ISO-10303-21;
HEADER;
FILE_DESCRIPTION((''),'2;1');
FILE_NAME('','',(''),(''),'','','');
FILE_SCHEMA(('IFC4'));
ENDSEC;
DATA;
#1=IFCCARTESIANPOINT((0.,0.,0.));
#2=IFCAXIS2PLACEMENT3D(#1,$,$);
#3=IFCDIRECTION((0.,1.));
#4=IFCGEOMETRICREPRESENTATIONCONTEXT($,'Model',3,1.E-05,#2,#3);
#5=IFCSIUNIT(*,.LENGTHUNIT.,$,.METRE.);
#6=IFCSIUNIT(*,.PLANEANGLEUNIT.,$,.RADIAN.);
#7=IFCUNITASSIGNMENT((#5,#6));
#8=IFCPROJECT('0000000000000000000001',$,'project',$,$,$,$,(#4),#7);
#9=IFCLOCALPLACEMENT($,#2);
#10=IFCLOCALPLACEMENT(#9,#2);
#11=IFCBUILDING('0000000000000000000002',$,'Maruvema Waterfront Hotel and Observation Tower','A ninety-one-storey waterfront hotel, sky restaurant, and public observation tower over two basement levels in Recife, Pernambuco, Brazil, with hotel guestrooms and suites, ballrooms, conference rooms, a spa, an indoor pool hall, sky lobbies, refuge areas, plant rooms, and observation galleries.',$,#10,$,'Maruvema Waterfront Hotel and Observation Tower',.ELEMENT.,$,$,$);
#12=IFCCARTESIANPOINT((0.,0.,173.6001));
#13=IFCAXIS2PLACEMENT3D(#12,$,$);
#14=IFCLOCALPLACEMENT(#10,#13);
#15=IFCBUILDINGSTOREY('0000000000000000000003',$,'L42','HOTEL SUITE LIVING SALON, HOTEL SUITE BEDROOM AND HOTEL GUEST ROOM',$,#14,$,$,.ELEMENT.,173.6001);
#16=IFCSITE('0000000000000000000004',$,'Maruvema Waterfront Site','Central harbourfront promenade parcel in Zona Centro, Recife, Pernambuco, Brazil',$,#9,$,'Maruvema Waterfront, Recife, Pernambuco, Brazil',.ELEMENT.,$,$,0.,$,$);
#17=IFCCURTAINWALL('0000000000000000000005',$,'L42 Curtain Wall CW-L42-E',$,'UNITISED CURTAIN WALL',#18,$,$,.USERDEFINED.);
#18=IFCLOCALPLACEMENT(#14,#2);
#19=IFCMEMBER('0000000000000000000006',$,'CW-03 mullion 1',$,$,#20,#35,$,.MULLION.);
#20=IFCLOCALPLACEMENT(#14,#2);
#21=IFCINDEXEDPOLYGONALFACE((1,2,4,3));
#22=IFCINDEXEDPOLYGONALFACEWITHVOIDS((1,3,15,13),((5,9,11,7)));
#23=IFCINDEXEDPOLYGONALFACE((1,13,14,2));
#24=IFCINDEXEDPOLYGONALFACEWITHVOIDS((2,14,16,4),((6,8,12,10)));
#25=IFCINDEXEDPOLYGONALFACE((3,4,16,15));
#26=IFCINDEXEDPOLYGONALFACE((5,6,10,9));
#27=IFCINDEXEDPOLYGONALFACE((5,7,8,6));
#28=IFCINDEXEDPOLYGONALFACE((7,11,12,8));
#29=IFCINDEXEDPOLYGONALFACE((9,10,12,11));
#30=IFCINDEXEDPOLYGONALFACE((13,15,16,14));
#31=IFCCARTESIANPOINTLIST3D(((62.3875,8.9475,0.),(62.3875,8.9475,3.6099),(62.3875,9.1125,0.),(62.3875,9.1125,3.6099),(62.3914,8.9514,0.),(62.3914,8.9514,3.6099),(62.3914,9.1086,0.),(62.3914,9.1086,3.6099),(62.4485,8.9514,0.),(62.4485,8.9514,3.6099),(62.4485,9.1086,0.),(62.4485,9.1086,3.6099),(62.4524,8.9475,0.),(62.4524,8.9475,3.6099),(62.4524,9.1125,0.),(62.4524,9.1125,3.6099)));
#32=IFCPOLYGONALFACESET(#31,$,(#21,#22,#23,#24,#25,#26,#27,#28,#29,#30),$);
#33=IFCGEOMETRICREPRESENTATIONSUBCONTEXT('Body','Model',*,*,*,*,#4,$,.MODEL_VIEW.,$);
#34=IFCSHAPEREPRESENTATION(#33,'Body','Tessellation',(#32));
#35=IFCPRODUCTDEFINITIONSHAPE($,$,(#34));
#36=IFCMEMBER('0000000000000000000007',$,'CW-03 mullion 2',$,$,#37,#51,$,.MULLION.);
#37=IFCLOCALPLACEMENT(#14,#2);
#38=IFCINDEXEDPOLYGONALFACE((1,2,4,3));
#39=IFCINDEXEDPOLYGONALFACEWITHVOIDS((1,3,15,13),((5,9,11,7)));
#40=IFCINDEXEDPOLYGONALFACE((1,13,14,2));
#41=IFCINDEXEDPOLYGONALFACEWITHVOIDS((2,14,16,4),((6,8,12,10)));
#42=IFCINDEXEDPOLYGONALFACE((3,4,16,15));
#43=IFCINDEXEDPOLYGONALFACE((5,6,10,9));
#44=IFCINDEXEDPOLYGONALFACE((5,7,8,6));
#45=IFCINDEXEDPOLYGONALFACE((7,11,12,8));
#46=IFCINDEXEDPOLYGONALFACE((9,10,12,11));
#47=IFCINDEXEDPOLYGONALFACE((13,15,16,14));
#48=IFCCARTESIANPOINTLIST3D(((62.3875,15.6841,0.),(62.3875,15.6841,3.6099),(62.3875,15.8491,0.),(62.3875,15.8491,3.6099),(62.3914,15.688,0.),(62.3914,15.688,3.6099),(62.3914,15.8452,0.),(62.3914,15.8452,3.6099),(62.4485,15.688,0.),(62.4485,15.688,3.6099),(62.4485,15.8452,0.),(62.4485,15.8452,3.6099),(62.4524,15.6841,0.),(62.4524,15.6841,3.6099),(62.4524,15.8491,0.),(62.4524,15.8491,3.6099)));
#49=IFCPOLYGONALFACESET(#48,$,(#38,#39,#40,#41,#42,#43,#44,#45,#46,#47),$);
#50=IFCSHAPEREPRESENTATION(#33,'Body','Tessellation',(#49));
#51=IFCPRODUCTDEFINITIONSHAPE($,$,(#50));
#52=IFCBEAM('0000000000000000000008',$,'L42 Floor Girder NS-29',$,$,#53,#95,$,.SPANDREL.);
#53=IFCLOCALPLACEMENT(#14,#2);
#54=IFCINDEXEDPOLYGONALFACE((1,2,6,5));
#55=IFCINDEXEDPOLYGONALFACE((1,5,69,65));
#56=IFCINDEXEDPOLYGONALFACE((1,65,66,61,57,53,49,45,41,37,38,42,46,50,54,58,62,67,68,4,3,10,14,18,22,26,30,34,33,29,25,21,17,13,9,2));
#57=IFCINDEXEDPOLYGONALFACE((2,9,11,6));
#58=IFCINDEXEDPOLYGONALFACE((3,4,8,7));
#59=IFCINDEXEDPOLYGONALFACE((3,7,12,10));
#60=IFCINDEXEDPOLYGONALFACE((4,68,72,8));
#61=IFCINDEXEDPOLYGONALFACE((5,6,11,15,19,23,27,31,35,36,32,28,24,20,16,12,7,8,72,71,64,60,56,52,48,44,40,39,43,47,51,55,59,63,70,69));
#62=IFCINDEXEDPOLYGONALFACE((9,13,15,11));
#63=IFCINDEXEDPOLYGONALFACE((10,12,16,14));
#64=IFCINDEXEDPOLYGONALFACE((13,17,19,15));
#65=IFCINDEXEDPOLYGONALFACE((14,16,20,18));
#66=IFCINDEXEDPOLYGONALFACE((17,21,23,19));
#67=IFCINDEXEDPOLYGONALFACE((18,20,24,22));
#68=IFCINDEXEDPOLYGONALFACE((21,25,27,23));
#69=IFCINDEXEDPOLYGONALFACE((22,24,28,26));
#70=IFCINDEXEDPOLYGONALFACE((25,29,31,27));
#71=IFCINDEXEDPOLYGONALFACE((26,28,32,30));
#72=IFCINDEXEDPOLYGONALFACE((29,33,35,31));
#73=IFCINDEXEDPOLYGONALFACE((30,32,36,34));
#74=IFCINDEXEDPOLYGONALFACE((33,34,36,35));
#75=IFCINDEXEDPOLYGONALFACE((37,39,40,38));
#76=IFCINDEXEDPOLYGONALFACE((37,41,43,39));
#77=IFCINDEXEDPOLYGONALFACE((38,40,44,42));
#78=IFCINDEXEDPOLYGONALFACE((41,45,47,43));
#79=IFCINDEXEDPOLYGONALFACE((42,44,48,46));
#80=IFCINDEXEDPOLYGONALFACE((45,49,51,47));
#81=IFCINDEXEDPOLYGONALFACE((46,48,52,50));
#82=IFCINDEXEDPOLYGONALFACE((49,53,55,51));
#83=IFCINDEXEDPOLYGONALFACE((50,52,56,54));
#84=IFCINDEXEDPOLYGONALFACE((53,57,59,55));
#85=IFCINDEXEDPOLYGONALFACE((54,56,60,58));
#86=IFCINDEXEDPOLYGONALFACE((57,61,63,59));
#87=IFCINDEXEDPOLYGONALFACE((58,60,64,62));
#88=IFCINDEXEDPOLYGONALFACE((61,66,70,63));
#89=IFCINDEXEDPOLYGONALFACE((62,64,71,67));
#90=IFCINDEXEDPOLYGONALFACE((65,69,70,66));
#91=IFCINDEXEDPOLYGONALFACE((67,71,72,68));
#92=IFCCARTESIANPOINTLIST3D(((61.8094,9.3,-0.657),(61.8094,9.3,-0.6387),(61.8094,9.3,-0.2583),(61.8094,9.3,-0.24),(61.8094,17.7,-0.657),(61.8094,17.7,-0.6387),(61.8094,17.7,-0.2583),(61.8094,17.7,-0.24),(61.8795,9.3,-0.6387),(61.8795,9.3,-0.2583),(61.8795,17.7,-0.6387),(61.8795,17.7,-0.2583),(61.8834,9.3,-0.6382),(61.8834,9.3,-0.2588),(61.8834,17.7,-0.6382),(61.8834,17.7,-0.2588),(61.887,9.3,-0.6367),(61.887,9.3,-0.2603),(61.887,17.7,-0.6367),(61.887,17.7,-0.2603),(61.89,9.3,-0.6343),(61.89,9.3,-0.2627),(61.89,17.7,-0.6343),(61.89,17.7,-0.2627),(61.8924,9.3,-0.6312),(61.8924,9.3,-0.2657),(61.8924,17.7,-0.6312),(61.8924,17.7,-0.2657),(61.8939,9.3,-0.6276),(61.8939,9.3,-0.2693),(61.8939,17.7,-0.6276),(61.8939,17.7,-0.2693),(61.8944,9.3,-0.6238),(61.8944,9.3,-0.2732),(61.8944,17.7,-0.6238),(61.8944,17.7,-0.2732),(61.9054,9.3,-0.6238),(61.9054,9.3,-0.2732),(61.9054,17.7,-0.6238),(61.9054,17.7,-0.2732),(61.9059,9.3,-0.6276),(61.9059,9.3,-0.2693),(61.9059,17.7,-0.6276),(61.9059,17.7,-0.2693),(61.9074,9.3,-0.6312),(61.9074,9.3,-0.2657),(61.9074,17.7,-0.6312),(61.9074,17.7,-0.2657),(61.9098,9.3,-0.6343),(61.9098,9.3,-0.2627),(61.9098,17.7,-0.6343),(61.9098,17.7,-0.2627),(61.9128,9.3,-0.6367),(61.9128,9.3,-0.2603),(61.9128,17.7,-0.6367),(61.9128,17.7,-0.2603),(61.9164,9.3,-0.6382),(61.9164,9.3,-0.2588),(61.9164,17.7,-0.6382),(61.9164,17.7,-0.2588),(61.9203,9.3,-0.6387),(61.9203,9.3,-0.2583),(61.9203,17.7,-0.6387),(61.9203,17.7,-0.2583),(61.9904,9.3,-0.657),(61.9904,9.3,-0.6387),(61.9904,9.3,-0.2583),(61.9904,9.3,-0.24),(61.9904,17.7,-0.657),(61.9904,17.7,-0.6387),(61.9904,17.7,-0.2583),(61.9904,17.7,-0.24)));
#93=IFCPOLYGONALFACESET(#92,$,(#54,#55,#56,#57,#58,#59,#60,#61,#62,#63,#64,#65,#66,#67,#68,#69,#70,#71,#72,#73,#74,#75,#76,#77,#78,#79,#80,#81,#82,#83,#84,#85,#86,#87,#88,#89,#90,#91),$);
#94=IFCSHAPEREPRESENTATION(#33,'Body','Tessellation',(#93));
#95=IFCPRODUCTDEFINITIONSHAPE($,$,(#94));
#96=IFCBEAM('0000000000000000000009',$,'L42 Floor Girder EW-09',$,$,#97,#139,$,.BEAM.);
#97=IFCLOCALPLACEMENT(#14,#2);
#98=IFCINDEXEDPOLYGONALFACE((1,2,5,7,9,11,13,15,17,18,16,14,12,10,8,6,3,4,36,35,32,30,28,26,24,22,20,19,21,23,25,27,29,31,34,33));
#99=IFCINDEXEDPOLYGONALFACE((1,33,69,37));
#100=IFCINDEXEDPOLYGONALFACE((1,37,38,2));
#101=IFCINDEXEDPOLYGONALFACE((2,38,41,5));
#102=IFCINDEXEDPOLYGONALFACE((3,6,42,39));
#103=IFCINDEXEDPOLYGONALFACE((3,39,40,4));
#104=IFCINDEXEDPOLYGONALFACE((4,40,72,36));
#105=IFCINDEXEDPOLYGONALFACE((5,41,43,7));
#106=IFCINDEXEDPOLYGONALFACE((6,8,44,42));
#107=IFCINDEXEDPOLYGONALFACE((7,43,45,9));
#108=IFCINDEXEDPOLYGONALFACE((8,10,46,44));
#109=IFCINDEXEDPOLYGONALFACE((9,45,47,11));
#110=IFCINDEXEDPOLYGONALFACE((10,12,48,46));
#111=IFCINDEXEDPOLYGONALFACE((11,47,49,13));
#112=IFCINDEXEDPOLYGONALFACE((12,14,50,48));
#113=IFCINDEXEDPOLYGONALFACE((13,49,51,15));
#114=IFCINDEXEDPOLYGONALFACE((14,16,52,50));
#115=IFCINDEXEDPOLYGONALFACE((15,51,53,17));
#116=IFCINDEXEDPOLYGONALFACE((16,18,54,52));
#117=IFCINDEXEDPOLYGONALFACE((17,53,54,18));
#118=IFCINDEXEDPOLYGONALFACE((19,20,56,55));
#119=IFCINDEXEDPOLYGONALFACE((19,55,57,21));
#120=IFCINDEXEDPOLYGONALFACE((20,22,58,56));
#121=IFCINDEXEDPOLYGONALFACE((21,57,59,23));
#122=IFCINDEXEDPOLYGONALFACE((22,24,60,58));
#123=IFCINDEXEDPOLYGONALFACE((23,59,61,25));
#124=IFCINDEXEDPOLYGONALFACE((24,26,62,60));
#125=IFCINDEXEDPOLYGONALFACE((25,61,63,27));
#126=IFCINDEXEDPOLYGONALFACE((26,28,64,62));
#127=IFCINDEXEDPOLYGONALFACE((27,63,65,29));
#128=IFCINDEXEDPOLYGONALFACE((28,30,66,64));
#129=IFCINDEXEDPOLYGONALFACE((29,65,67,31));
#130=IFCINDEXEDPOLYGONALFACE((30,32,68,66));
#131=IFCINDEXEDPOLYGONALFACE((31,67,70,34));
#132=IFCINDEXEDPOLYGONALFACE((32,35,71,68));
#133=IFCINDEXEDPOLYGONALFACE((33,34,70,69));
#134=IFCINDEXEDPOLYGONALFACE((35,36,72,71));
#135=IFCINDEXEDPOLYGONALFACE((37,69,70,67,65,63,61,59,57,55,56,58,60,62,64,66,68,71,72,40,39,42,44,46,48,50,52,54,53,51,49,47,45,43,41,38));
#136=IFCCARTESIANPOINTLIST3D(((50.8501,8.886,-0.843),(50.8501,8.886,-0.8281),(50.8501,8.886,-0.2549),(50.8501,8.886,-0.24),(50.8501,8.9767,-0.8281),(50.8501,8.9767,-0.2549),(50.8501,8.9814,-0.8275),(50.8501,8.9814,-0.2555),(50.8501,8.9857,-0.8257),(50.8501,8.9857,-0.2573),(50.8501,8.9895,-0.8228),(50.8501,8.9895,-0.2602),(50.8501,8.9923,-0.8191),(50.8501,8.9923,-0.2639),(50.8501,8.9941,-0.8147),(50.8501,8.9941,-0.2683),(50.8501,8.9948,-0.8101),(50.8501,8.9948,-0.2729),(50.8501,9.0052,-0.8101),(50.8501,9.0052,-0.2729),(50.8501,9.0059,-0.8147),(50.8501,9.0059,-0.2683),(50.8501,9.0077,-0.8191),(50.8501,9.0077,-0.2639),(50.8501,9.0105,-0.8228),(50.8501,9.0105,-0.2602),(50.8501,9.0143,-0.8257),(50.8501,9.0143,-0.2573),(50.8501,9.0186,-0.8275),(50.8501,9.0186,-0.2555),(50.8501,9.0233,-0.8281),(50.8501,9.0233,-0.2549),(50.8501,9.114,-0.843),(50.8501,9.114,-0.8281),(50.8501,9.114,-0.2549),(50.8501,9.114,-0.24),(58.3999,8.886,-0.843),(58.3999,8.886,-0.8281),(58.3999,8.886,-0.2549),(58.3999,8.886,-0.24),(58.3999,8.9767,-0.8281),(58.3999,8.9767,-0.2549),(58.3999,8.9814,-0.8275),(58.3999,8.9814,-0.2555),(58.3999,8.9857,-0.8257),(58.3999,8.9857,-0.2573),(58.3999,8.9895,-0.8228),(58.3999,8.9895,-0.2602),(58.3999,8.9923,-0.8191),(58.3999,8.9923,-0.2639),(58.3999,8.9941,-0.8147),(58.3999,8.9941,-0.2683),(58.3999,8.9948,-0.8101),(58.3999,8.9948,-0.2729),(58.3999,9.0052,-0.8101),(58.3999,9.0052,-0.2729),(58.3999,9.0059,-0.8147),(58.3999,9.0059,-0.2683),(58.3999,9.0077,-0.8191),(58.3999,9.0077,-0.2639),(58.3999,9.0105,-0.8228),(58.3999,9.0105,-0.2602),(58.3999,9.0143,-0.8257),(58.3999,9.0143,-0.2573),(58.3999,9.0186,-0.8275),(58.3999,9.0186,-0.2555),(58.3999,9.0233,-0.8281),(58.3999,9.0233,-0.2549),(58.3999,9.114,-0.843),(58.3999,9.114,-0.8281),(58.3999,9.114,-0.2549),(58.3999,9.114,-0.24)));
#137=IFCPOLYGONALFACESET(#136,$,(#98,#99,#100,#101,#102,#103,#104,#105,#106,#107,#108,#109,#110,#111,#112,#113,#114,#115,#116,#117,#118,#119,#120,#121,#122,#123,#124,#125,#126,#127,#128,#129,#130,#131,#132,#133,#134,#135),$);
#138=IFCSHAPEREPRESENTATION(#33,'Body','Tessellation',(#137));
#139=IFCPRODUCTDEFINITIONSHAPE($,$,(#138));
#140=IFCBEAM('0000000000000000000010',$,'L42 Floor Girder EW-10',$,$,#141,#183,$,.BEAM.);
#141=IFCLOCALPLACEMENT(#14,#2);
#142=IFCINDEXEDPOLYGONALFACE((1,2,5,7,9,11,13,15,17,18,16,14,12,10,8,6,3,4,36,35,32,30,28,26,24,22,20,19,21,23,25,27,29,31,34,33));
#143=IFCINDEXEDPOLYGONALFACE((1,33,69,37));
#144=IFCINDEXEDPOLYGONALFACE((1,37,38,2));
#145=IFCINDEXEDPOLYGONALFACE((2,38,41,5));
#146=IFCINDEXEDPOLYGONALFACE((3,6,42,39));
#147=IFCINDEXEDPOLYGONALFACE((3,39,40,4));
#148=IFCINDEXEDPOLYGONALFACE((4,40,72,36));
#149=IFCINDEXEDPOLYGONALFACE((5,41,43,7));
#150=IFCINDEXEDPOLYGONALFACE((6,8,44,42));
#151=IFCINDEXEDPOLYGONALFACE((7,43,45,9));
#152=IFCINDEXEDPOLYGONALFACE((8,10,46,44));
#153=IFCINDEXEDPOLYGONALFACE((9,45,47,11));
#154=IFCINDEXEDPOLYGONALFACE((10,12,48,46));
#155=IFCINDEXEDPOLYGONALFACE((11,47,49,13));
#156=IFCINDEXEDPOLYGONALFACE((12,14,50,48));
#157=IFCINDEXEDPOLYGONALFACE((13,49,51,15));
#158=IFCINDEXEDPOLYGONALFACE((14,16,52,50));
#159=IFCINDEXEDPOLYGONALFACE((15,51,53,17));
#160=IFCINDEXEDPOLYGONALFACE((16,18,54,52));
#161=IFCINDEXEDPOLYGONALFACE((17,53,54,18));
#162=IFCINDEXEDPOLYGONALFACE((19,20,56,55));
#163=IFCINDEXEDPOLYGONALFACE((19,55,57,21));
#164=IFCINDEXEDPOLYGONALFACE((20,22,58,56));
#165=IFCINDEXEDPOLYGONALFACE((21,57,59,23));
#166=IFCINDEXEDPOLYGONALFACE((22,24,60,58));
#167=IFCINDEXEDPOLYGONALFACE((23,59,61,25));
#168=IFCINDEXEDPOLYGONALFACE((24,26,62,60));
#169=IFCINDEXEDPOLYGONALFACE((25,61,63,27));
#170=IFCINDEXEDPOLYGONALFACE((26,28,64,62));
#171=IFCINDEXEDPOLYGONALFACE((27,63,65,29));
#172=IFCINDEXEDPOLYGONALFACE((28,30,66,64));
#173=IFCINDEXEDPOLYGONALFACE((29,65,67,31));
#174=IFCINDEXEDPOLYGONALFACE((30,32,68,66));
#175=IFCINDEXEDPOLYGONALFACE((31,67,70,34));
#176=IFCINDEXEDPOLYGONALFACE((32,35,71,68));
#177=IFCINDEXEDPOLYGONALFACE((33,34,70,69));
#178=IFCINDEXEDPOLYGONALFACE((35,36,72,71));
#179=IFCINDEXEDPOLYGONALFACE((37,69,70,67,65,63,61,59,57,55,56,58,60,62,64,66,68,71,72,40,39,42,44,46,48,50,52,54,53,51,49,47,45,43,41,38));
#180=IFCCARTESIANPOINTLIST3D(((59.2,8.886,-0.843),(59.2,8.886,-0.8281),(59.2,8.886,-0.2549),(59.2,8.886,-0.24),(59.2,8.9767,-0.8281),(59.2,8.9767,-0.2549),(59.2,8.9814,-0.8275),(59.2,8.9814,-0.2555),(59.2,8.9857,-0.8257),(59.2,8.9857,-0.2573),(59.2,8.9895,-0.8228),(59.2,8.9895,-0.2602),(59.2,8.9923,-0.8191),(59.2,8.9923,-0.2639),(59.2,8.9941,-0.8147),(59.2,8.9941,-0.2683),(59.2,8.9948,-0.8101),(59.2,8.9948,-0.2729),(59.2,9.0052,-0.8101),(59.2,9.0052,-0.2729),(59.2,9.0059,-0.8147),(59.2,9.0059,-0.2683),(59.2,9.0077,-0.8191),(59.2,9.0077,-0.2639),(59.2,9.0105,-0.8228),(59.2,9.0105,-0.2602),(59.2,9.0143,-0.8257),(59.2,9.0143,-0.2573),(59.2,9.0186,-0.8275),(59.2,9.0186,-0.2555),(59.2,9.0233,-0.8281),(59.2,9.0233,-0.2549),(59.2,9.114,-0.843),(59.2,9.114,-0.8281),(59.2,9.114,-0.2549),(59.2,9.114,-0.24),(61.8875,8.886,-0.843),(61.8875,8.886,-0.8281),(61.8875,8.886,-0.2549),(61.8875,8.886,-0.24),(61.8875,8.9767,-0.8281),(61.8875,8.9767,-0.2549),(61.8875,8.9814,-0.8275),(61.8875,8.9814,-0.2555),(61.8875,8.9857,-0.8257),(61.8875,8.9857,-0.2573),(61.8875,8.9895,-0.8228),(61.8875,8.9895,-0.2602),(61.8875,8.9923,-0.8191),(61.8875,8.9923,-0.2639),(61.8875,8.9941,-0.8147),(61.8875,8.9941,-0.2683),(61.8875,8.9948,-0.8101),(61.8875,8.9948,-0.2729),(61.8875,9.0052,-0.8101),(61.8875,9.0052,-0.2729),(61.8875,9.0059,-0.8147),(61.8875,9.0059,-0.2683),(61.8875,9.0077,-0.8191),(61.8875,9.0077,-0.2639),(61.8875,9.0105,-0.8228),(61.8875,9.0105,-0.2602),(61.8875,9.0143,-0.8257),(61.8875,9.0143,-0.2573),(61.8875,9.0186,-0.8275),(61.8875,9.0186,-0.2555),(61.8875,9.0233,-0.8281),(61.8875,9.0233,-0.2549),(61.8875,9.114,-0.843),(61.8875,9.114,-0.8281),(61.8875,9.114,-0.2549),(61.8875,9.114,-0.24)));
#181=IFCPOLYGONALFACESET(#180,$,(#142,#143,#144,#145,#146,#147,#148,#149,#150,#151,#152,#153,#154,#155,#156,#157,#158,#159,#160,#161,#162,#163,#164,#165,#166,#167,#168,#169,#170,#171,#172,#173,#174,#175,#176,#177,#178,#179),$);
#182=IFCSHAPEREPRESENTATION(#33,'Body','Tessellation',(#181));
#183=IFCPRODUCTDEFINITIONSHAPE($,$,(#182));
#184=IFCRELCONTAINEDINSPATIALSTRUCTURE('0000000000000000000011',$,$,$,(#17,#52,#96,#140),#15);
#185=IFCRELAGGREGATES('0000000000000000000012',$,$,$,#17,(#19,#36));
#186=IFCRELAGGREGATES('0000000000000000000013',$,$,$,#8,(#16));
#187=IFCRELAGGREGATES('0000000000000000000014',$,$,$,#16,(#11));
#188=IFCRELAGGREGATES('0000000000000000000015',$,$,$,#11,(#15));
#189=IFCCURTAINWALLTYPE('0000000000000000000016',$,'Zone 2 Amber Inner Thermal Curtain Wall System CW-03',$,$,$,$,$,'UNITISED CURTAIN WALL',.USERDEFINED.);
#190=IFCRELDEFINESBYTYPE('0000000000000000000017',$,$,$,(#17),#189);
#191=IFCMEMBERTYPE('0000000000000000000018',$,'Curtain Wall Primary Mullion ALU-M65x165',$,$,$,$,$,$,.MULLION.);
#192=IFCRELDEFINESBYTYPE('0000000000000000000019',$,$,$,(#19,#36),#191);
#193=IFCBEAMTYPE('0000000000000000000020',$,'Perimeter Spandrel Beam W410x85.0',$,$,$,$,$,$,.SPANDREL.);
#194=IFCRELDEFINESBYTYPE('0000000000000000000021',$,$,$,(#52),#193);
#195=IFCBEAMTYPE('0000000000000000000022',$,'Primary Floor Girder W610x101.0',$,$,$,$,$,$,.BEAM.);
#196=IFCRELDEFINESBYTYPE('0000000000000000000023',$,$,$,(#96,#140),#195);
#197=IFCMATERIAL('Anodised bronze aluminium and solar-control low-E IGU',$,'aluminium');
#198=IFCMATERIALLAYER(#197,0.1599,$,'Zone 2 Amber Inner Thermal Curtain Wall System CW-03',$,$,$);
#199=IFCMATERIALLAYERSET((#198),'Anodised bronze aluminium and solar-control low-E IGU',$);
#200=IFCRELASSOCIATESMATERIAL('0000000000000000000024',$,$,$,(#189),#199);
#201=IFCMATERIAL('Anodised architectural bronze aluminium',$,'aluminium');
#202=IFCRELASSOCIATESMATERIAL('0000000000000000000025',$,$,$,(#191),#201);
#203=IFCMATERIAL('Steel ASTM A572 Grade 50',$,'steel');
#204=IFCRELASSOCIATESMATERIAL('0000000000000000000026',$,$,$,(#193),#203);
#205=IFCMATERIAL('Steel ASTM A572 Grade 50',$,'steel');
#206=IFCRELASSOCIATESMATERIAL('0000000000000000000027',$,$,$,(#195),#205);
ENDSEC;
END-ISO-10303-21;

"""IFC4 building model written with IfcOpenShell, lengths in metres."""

from ifc_helpers import new_model, si_unit, direction, frame, origin, origin_2d, place, context, subcontext, project, spatial, hollow_rectangle, i_section, extrude, material, layer, layer_set, material_profile, profile_set, type_object, element, aggregate, save


model = new_model("IFC4")

# Units and contexts
model_context = context("Model", 3, precision=1e-05, world=origin(), true_north=direction((0.0, 1.0)))
body_context = subcontext(model_context, "Body", "Model", "MODEL_VIEW")
ifc_project = project(units=[si_unit("LENGTHUNIT", "METRE"), si_unit("PLANEANGLEUNIT", "RADIAN")], contexts=[model_context])

# Site, building, storey
site_placement = place(None, origin())
site = spatial("IfcSite", under=ifc_project, at=site_placement, Name="Maruvema Waterfront Site", Description="Central harbourfront promenade parcel in Zona Centro, Recife, Pernambuco, Brazil", LongName="Maruvema Waterfront, Recife, Pernambuco, Brazil", CompositionType="ELEMENT", RefElevation=0.0)
building_placement = place(site_placement, origin())
building = spatial("IfcBuilding", under=site, at=building_placement, Name="Maruvema Waterfront Hotel and Observation Tower", Description="A ninety-one-storey waterfront hotel, sky restaurant, and public observation tower over two basement levels in Recife, Pernambuco, Brazil, with hotel guestrooms and suites, ballrooms, conference rooms, a spa, an indoor pool hall, sky lobbies, refuge areas, plant rooms, and observation galleries.", LongName="Maruvema Waterfront Hotel and Observation Tower", CompositionType="ELEMENT")
storey_placement = place(building_placement, frame((0.0, 0.0, 173.6001)))
storey = spatial("IfcBuildingStorey", under=building, at=storey_placement, Name="L42", Description="HOTEL SUITE LIVING SALON, HOTEL SUITE BEDROOM AND HOTEL GUEST ROOM", CompositionType="ELEMENT", Elevation=173.6001)

# Curtain wall
ifc_material_1 = material(Name="Anodised bronze aluminium and solar-control low-E IGU", Category="aluminium")
ifc_layer_1 = layer(ifc_material_1, 0.1599, Name="Zone 2 Amber Inner Thermal Curtain Wall System CW-03")
ifc_layer_set_1 = layer_set([ifc_layer_1], Name="Anodised bronze aluminium and solar-control low-E IGU")
curtain_wall_type = type_object("IfcCurtainWallType", Name="Zone 2 Amber Inner Thermal Curtain Wall System CW-03", ElementType="UNITISED CURTAIN WALL", PredefinedType="USERDEFINED", material=ifc_layer_set_1)
curtain_wall_1_placement = place(storey_placement, origin())
curtain_wall_1 = element("IfcCurtainWall", 1, at=curtain_wall_1_placement, inside=storey, type_object=curtain_wall_type, Name="L42 Curtain Wall CW-L42-E", ObjectType="UNITISED CURTAIN WALL", PredefinedType="USERDEFINED")

# Members
ifc_material_2 = material(Name="Anodised architectural bronze aluminium", Category="aluminium")
ifc_material_profile_1 = material_profile(ifc_material_2, hollow_rectangle(XDim=0.0649, YDim=0.165, WallThickness=0.0039, at=origin_2d()), Name="ALU-M65x165")
ifc_profile_set_1 = profile_set([ifc_material_profile_1], Name="Anodised architectural bronze aluminium")
member_type_1 = type_object("IfcMemberType", Name="Curtain Wall Primary Mullion ALU-M65x165", PredefinedType="MULLION", material=ifc_profile_set_1)
member_1_placement = place(storey_placement, frame((62.4199, 9.03, 0.0), z_axis=(0.0, 0.0, 1.0), x_axis=(-1.0, 0.0, 0.0)))
member_1 = element("IfcMember", 2, at=member_1_placement, type_object=member_type_1, Name="CW-03 mullion 1", PredefinedType="MULLION", context=body_context, shape_type="SweptSolid", body=[
    extrude(hollow_rectangle(XDim=0.0649, YDim=0.165, WallThickness=0.0039, at=origin_2d()), origin(), (0.0, 0.0, 1.0), 3.6099),
])
member_2_placement = place(storey_placement, frame((62.4199, 15.7666, 0.0), z_axis=(0.0, 0.0, 1.0), x_axis=(-1.0, 0.0, 0.0)))
member_2 = element("IfcMember", 3, at=member_2_placement, type_object=member_type_1, Name="CW-03 mullion 2", PredefinedType="MULLION", context=body_context, shape_type="SweptSolid", body=[
    extrude(hollow_rectangle(XDim=0.0649, YDim=0.165, WallThickness=0.0039, at=origin_2d()), origin(), (0.0, 0.0, 1.0), 3.6099),
])

# Beams
ifc_material_3 = material(Name="Steel ASTM A572 Grade 50", Category="steel")
ifc_material_profile_2 = material_profile(ifc_material_3, i_section(OverallWidth=0.1809, OverallDepth=0.417, WebThickness=0.011, FlangeThickness=0.0183, FilletRadius=0.0149, at=origin_2d()), Name="W410x85.0")
ifc_profile_set_2 = profile_set([ifc_material_profile_2], Name="Steel ASTM A572 Grade 50")
beam_type_1 = type_object("IfcBeamType", Name="Perimeter Spandrel Beam W410x85.0", PredefinedType="SPANDREL", material=ifc_profile_set_2)
beam_1_placement = place(storey_placement, frame((61.8999, 9.3, -0.4485), z_axis=(0.0, 1.0, 0.0), x_axis=(-1.0, 0.0, 0.0)))
element("IfcBeam", 4, at=beam_1_placement, inside=storey, type_object=beam_type_1, Name="L42 Floor Girder NS-29", PredefinedType="SPANDREL", context=body_context, shape_type="SweptSolid", body=[
    extrude(i_section(OverallWidth=0.1809, OverallDepth=0.417, WebThickness=0.011, FlangeThickness=0.0183, FilletRadius=0.0149, at=origin_2d()), origin(), (0.0, 0.0, 1.0), 8.3999),
])
ifc_material_4 = material(Name="Steel ASTM A572 Grade 50", Category="steel")
ifc_material_profile_3 = material_profile(ifc_material_4, i_section(OverallWidth=0.228, OverallDepth=0.603, WebThickness=0.0105, FlangeThickness=0.0149, FilletRadius=0.0181, at=origin_2d()), Name="W610x101.0")
ifc_profile_set_3 = profile_set([ifc_material_profile_3], Name="Steel ASTM A572 Grade 50")
beam_type_2 = type_object("IfcBeamType", Name="Primary Floor Girder W610x101.0", PredefinedType="BEAM", material=ifc_profile_set_3)
beam_2_placement = place(storey_placement, frame((50.8501, 9.0, -0.5415), z_axis=(1.0, 0.0, 0.0), x_axis=(0.0, 1.0, 0.0)))
element("IfcBeam", 5, at=beam_2_placement, inside=storey, type_object=beam_type_2, Name="L42 Floor Girder EW-09", PredefinedType="BEAM", context=body_context, shape_type="SweptSolid", body=[
    extrude(i_section(OverallWidth=0.228, OverallDepth=0.603, WebThickness=0.0105, FlangeThickness=0.0149, FilletRadius=0.0181, at=origin_2d()), origin(), (0.0, 0.0, 1.0), 7.5498),
])
beam_3_placement = place(storey_placement, frame((59.2, 9.0, -0.5415), z_axis=(1.0, 0.0, 0.0), x_axis=(0.0, 1.0, 0.0)))
element("IfcBeam", 6, at=beam_3_placement, inside=storey, type_object=beam_type_2, Name="L42 Floor Girder EW-10", PredefinedType="BEAM", context=body_context, shape_type="SweptSolid", body=[
    extrude(i_section(OverallWidth=0.228, OverallDepth=0.603, WebThickness=0.0105, FlangeThickness=0.0149, FilletRadius=0.0181, at=origin_2d()), origin(), (0.0, 0.0, 1.0), 2.6875),
])

aggregate(curtain_wall_1, [member_1, member_2])

save(model, "model.ifc")
